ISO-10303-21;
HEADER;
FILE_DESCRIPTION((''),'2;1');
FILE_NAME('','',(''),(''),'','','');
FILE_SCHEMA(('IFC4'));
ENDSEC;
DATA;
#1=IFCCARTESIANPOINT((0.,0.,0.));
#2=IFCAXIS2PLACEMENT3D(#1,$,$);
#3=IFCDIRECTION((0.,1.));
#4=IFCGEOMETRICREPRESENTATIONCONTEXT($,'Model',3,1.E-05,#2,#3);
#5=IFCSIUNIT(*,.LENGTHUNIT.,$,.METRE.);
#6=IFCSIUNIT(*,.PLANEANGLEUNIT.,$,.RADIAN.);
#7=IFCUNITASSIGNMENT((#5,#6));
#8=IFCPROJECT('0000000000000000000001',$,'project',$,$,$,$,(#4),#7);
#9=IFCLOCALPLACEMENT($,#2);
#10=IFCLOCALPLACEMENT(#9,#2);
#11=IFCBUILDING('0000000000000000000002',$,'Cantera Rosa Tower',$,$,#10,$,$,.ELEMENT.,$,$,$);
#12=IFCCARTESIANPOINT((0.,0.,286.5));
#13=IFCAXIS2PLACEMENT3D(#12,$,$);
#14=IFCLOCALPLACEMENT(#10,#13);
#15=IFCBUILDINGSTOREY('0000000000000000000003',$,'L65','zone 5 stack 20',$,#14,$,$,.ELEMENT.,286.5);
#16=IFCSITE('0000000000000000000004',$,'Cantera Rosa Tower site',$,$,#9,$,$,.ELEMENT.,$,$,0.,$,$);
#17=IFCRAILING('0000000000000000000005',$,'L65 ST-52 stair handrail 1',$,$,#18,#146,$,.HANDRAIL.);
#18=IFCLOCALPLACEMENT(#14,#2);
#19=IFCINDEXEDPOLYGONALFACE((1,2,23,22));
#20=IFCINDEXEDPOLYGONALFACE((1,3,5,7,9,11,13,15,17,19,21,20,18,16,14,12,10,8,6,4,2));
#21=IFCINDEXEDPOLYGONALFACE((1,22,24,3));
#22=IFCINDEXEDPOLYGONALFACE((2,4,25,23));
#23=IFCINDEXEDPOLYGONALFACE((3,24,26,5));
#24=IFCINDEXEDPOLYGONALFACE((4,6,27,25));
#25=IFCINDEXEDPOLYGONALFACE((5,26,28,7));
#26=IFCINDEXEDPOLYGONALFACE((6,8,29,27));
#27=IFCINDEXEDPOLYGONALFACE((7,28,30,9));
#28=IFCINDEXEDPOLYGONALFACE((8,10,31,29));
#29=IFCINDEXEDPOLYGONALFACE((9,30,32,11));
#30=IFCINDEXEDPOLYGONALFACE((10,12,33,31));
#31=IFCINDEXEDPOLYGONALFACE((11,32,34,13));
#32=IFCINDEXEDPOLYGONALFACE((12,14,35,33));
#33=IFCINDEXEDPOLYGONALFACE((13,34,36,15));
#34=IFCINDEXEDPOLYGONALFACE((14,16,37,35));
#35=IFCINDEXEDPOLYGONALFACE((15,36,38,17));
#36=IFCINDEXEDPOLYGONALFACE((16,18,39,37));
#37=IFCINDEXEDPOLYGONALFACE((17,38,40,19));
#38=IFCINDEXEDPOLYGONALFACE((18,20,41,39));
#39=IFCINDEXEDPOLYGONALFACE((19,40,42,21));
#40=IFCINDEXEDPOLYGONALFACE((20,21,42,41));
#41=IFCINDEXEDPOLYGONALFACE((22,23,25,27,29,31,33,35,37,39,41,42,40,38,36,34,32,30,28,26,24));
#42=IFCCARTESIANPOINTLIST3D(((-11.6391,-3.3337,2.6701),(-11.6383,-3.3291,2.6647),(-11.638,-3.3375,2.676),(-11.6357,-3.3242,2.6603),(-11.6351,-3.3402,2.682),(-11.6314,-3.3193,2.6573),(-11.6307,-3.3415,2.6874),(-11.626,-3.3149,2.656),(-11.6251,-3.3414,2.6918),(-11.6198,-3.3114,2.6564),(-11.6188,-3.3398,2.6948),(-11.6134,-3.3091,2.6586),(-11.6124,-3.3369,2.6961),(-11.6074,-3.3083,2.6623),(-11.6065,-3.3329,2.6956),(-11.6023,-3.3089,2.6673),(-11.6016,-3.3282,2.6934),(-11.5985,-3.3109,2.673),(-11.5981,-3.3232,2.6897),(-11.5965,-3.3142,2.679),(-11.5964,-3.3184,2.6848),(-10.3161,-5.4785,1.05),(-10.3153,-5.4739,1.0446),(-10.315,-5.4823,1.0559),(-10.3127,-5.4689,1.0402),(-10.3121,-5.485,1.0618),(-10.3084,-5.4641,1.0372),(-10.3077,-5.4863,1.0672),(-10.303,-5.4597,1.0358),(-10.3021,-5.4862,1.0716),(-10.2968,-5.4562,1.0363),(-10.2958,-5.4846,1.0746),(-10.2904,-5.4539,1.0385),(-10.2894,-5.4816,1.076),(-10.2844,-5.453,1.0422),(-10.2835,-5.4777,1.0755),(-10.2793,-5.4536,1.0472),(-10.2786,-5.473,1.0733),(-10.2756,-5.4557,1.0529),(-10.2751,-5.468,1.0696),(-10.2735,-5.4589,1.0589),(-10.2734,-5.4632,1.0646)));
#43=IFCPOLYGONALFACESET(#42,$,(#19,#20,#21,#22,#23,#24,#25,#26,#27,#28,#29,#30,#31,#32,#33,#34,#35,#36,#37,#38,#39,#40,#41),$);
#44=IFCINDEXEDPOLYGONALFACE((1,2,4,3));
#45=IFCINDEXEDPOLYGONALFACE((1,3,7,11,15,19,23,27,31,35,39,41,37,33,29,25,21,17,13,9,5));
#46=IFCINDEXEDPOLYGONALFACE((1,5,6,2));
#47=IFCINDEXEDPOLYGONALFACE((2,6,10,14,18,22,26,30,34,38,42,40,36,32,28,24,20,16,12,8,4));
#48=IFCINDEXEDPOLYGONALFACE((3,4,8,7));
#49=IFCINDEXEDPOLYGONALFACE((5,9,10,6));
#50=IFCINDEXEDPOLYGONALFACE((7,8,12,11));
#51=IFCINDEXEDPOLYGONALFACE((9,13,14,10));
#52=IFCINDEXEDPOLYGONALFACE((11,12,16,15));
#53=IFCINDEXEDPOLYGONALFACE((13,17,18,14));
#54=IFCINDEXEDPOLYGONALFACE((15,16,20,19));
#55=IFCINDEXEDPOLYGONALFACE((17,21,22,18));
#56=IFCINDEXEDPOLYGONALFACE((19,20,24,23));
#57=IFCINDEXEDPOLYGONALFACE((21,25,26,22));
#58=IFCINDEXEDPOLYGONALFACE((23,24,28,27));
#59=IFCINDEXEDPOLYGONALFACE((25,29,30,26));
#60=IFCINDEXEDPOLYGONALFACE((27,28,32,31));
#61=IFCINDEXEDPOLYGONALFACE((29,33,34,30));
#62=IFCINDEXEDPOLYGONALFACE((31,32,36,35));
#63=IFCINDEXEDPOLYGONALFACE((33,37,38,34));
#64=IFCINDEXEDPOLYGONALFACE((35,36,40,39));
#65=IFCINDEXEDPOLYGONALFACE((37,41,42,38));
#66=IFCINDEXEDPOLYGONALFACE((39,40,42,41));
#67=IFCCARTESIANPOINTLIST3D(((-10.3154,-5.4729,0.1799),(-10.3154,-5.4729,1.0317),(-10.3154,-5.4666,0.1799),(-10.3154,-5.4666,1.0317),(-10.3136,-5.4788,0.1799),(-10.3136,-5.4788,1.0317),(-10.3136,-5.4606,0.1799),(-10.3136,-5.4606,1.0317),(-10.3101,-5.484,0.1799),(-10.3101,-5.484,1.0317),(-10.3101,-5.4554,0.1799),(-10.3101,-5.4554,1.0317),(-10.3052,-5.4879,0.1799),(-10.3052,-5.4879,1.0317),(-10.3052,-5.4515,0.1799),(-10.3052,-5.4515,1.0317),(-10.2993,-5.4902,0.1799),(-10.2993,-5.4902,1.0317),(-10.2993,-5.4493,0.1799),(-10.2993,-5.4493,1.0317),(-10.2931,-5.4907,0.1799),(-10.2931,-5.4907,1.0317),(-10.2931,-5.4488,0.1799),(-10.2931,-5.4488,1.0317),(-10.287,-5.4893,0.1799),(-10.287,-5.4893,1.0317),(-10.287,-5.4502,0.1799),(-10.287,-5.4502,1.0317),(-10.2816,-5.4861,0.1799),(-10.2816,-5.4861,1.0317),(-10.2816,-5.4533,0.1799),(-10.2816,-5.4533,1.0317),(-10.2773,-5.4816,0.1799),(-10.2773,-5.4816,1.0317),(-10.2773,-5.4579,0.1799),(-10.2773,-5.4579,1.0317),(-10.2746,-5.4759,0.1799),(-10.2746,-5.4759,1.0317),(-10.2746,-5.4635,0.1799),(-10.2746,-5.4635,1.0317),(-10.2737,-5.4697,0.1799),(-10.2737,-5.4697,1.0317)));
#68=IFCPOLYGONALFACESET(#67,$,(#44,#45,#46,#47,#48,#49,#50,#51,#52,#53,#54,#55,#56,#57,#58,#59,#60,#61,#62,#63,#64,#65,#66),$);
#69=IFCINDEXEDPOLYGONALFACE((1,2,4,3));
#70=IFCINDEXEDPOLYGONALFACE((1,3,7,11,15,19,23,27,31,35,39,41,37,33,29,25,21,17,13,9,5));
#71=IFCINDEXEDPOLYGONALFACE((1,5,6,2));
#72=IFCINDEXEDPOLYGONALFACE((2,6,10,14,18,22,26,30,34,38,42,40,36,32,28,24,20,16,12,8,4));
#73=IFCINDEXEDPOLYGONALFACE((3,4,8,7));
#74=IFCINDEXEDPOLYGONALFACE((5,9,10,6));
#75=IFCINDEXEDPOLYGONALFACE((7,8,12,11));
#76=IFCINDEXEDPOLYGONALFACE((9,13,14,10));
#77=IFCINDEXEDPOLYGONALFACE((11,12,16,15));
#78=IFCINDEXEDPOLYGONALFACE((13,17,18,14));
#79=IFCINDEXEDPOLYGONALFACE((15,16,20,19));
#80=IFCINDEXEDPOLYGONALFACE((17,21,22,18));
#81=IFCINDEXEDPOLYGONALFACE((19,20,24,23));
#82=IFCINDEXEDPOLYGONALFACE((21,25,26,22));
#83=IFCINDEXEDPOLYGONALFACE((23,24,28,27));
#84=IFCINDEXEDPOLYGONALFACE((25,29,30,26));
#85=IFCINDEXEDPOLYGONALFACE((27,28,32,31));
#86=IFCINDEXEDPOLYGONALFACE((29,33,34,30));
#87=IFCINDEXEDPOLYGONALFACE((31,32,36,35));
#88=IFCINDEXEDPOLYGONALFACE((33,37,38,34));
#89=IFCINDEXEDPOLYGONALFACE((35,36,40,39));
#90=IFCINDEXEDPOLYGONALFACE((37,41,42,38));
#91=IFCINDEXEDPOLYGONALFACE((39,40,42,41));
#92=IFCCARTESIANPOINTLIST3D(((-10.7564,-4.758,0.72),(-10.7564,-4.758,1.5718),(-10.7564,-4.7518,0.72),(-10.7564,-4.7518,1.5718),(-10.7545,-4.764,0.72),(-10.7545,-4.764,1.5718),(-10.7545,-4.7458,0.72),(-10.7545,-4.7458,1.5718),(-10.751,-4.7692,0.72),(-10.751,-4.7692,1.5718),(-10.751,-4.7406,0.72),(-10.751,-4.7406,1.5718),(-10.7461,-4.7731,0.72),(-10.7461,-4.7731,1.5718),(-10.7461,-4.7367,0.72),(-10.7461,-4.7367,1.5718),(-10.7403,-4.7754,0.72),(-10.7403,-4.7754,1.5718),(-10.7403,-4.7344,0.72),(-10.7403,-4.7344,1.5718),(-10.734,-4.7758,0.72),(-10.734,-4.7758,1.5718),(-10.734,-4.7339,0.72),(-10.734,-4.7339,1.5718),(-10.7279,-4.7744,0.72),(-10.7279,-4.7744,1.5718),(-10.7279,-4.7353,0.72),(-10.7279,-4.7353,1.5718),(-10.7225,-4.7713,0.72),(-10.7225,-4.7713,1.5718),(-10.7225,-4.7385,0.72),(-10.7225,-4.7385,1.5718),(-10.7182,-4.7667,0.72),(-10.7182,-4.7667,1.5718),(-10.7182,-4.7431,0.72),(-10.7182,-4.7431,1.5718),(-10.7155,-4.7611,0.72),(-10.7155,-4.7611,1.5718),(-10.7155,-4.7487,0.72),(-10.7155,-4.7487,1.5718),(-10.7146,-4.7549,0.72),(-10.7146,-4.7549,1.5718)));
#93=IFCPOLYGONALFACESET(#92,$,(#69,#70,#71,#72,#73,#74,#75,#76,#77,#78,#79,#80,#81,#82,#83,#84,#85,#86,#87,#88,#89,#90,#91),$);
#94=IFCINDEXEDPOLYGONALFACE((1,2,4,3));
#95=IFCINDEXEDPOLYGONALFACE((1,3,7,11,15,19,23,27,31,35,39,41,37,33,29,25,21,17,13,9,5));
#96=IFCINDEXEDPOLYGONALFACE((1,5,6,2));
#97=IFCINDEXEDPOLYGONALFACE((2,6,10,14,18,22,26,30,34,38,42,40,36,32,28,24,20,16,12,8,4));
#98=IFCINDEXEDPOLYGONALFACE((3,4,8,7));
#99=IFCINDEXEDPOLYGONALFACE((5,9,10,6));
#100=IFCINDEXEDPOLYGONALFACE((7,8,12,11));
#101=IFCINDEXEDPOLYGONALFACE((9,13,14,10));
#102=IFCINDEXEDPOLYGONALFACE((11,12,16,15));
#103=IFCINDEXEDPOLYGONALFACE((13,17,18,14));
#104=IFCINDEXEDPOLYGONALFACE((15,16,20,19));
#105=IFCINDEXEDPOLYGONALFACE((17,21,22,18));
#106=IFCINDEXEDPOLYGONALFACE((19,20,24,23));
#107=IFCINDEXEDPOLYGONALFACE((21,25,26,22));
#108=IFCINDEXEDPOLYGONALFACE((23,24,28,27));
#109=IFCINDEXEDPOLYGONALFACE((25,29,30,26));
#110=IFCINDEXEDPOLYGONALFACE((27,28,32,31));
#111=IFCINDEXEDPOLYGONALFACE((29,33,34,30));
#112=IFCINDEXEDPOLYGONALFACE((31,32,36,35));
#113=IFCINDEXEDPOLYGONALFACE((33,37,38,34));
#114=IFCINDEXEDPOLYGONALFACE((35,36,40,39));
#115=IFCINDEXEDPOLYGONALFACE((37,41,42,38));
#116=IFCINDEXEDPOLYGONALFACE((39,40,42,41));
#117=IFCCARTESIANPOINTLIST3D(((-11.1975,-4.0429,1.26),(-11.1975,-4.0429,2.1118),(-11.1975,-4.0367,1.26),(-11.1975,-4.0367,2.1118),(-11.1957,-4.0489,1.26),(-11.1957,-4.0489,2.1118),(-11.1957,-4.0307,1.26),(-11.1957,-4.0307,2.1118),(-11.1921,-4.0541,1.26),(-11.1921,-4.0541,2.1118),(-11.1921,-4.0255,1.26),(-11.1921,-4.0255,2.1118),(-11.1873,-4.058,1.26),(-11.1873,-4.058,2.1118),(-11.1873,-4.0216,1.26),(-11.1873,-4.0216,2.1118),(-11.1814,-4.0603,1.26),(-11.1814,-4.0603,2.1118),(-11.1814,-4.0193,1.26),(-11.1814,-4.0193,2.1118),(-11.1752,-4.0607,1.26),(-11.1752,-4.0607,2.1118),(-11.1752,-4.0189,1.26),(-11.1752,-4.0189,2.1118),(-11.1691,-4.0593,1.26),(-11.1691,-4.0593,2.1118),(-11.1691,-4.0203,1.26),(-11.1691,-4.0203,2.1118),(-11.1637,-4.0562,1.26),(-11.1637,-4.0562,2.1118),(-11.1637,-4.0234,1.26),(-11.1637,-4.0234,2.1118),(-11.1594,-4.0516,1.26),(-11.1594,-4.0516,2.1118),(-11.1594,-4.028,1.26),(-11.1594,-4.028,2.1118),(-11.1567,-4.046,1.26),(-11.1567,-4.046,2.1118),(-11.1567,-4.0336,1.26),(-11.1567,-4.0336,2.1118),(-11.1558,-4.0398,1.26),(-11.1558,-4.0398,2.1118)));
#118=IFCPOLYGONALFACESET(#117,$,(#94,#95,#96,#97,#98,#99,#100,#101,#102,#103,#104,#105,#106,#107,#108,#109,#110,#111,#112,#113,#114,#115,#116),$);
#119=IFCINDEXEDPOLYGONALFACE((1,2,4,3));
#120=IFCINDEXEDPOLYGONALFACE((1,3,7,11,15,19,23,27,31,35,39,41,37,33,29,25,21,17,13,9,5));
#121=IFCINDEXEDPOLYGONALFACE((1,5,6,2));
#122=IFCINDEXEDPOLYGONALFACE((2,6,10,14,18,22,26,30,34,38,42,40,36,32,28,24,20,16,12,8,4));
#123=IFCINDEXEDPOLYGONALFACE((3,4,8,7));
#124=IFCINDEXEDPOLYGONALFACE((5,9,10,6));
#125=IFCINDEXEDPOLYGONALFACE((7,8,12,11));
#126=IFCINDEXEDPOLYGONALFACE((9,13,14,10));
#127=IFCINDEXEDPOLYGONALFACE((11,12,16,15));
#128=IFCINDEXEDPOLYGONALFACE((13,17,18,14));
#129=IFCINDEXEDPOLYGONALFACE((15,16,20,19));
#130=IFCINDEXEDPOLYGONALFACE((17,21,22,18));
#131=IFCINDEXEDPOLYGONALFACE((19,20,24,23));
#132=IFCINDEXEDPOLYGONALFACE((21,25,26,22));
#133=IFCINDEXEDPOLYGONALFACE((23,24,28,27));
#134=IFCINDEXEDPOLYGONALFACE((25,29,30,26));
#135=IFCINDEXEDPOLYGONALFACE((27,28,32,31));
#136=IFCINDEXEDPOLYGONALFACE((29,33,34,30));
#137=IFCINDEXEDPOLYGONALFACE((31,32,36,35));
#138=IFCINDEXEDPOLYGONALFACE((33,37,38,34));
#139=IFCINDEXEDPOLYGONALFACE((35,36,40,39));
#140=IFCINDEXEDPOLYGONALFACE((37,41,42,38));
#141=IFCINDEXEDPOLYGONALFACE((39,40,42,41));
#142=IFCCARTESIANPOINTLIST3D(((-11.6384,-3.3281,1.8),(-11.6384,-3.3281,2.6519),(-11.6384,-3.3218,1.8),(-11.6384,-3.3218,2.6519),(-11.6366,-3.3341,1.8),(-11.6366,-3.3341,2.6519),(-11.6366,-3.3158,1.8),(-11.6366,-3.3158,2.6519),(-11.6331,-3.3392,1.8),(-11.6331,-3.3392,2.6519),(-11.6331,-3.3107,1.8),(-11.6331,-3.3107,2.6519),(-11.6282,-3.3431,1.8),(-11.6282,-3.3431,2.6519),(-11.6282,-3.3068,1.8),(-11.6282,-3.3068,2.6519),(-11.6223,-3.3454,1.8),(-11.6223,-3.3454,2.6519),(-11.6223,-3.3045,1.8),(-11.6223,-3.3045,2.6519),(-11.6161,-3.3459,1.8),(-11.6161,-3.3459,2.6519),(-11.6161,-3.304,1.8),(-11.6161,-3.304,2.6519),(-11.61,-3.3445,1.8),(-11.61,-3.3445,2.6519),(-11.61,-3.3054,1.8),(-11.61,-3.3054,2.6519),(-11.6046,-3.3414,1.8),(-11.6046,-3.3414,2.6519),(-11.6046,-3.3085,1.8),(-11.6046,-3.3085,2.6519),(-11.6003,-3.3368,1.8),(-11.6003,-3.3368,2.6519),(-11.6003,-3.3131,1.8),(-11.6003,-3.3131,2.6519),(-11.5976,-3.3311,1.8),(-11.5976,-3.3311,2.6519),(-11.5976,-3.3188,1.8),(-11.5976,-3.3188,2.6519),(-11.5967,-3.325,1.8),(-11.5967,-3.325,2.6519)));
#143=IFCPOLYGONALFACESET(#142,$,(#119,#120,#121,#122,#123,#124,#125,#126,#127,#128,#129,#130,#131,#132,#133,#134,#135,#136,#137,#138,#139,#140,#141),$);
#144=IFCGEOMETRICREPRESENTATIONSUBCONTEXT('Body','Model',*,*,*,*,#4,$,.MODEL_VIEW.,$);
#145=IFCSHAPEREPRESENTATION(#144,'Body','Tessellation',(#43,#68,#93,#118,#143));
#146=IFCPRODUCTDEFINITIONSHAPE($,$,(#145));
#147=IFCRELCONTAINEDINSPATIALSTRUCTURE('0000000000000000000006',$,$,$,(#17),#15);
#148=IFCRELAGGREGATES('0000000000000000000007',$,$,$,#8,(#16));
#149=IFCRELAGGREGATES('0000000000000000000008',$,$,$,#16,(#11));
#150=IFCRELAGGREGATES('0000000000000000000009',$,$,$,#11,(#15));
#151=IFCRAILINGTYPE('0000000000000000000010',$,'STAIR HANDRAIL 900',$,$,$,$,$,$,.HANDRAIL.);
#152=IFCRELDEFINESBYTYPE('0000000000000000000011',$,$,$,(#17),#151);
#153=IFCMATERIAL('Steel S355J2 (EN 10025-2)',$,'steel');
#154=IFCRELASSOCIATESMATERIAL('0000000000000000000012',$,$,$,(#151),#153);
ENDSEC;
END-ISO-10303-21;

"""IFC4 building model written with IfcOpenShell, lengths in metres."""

from ifc_helpers import new_model, si_unit, direction, frame, origin, origin_2d, place, context, subcontext, project, spatial, circle, extrude, material, type_object, element, save


model = new_model("IFC4")

# Units and contexts
model_context = context("Model", 3, precision=1e-05, world=origin(), true_north=direction((0.0, 1.0)))
body_context = subcontext(model_context, "Body", "Model", "MODEL_VIEW")
ifc_project = project(units=[si_unit("LENGTHUNIT", "METRE"), si_unit("PLANEANGLEUNIT", "RADIAN")], contexts=[model_context])

# Site, building, storey
site_placement = place(None, origin())
site = spatial("IfcSite", under=ifc_project, at=site_placement, Name="Cantera Rosa Tower site", CompositionType="ELEMENT", RefElevation=0.0)
building_placement = place(site_placement, origin())
building = spatial("IfcBuilding", under=site, at=building_placement, Name="Cantera Rosa Tower", CompositionType="ELEMENT")
storey_placement = place(building_placement, frame((0.0, 0.0, 286.5)))
storey = spatial("IfcBuildingStorey", under=building, at=storey_placement, Name="L65", Description="zone 5 stack 20", CompositionType="ELEMENT", Elevation=286.5)

# Railing
ifc_material_1 = material(Name="Steel S355J2 (EN 10025-2)", Category="steel")
railing_type_1 = type_object("IfcRailingType", Name="STAIR HANDRAIL 900", PredefinedType="HANDRAIL", material=ifc_material_1)
railing_1_placement = place(storey_placement, frame((-10.2947, -5.4697, 0.1799)))
element("IfcRailing", 1, at=railing_1_placement, inside=storey, type_object=railing_type_1, Name="L65 ST-52 stair handrail 1", PredefinedType="HANDRAIL", context=body_context, shape_type="SweptSolid", body=[
    extrude(circle(Radius=0.0239, at=origin_2d()), frame((0.0, 0.0, 0.876), z_axis=(-0.441609, 0.715914, 0.540786), x_axis=(-0.851102, -0.525, 0.0)), (0.0, 0.0, 1.0), 2.9958),
    extrude(circle(Radius=0.021, at=origin_2d()), origin(), (0.0, 0.0, 1.0), 0.8518),
    extrude(circle(Radius=0.021, at=origin_2d()), frame((-0.4409, 0.7148, 0.54)), (0.0, 0.0, 1.0), 0.8518),
    extrude(circle(Radius=0.021, at=origin_2d()), frame((-0.8821, 1.4299, 1.0801)), (0.0, 0.0, 1.0), 0.8518),
    extrude(circle(Radius=0.021, at=origin_2d()), frame((-1.323, 2.1448, 1.6201)), (0.0, 0.0, 1.0), 0.8518),
])

save(model, "model.ifc")
